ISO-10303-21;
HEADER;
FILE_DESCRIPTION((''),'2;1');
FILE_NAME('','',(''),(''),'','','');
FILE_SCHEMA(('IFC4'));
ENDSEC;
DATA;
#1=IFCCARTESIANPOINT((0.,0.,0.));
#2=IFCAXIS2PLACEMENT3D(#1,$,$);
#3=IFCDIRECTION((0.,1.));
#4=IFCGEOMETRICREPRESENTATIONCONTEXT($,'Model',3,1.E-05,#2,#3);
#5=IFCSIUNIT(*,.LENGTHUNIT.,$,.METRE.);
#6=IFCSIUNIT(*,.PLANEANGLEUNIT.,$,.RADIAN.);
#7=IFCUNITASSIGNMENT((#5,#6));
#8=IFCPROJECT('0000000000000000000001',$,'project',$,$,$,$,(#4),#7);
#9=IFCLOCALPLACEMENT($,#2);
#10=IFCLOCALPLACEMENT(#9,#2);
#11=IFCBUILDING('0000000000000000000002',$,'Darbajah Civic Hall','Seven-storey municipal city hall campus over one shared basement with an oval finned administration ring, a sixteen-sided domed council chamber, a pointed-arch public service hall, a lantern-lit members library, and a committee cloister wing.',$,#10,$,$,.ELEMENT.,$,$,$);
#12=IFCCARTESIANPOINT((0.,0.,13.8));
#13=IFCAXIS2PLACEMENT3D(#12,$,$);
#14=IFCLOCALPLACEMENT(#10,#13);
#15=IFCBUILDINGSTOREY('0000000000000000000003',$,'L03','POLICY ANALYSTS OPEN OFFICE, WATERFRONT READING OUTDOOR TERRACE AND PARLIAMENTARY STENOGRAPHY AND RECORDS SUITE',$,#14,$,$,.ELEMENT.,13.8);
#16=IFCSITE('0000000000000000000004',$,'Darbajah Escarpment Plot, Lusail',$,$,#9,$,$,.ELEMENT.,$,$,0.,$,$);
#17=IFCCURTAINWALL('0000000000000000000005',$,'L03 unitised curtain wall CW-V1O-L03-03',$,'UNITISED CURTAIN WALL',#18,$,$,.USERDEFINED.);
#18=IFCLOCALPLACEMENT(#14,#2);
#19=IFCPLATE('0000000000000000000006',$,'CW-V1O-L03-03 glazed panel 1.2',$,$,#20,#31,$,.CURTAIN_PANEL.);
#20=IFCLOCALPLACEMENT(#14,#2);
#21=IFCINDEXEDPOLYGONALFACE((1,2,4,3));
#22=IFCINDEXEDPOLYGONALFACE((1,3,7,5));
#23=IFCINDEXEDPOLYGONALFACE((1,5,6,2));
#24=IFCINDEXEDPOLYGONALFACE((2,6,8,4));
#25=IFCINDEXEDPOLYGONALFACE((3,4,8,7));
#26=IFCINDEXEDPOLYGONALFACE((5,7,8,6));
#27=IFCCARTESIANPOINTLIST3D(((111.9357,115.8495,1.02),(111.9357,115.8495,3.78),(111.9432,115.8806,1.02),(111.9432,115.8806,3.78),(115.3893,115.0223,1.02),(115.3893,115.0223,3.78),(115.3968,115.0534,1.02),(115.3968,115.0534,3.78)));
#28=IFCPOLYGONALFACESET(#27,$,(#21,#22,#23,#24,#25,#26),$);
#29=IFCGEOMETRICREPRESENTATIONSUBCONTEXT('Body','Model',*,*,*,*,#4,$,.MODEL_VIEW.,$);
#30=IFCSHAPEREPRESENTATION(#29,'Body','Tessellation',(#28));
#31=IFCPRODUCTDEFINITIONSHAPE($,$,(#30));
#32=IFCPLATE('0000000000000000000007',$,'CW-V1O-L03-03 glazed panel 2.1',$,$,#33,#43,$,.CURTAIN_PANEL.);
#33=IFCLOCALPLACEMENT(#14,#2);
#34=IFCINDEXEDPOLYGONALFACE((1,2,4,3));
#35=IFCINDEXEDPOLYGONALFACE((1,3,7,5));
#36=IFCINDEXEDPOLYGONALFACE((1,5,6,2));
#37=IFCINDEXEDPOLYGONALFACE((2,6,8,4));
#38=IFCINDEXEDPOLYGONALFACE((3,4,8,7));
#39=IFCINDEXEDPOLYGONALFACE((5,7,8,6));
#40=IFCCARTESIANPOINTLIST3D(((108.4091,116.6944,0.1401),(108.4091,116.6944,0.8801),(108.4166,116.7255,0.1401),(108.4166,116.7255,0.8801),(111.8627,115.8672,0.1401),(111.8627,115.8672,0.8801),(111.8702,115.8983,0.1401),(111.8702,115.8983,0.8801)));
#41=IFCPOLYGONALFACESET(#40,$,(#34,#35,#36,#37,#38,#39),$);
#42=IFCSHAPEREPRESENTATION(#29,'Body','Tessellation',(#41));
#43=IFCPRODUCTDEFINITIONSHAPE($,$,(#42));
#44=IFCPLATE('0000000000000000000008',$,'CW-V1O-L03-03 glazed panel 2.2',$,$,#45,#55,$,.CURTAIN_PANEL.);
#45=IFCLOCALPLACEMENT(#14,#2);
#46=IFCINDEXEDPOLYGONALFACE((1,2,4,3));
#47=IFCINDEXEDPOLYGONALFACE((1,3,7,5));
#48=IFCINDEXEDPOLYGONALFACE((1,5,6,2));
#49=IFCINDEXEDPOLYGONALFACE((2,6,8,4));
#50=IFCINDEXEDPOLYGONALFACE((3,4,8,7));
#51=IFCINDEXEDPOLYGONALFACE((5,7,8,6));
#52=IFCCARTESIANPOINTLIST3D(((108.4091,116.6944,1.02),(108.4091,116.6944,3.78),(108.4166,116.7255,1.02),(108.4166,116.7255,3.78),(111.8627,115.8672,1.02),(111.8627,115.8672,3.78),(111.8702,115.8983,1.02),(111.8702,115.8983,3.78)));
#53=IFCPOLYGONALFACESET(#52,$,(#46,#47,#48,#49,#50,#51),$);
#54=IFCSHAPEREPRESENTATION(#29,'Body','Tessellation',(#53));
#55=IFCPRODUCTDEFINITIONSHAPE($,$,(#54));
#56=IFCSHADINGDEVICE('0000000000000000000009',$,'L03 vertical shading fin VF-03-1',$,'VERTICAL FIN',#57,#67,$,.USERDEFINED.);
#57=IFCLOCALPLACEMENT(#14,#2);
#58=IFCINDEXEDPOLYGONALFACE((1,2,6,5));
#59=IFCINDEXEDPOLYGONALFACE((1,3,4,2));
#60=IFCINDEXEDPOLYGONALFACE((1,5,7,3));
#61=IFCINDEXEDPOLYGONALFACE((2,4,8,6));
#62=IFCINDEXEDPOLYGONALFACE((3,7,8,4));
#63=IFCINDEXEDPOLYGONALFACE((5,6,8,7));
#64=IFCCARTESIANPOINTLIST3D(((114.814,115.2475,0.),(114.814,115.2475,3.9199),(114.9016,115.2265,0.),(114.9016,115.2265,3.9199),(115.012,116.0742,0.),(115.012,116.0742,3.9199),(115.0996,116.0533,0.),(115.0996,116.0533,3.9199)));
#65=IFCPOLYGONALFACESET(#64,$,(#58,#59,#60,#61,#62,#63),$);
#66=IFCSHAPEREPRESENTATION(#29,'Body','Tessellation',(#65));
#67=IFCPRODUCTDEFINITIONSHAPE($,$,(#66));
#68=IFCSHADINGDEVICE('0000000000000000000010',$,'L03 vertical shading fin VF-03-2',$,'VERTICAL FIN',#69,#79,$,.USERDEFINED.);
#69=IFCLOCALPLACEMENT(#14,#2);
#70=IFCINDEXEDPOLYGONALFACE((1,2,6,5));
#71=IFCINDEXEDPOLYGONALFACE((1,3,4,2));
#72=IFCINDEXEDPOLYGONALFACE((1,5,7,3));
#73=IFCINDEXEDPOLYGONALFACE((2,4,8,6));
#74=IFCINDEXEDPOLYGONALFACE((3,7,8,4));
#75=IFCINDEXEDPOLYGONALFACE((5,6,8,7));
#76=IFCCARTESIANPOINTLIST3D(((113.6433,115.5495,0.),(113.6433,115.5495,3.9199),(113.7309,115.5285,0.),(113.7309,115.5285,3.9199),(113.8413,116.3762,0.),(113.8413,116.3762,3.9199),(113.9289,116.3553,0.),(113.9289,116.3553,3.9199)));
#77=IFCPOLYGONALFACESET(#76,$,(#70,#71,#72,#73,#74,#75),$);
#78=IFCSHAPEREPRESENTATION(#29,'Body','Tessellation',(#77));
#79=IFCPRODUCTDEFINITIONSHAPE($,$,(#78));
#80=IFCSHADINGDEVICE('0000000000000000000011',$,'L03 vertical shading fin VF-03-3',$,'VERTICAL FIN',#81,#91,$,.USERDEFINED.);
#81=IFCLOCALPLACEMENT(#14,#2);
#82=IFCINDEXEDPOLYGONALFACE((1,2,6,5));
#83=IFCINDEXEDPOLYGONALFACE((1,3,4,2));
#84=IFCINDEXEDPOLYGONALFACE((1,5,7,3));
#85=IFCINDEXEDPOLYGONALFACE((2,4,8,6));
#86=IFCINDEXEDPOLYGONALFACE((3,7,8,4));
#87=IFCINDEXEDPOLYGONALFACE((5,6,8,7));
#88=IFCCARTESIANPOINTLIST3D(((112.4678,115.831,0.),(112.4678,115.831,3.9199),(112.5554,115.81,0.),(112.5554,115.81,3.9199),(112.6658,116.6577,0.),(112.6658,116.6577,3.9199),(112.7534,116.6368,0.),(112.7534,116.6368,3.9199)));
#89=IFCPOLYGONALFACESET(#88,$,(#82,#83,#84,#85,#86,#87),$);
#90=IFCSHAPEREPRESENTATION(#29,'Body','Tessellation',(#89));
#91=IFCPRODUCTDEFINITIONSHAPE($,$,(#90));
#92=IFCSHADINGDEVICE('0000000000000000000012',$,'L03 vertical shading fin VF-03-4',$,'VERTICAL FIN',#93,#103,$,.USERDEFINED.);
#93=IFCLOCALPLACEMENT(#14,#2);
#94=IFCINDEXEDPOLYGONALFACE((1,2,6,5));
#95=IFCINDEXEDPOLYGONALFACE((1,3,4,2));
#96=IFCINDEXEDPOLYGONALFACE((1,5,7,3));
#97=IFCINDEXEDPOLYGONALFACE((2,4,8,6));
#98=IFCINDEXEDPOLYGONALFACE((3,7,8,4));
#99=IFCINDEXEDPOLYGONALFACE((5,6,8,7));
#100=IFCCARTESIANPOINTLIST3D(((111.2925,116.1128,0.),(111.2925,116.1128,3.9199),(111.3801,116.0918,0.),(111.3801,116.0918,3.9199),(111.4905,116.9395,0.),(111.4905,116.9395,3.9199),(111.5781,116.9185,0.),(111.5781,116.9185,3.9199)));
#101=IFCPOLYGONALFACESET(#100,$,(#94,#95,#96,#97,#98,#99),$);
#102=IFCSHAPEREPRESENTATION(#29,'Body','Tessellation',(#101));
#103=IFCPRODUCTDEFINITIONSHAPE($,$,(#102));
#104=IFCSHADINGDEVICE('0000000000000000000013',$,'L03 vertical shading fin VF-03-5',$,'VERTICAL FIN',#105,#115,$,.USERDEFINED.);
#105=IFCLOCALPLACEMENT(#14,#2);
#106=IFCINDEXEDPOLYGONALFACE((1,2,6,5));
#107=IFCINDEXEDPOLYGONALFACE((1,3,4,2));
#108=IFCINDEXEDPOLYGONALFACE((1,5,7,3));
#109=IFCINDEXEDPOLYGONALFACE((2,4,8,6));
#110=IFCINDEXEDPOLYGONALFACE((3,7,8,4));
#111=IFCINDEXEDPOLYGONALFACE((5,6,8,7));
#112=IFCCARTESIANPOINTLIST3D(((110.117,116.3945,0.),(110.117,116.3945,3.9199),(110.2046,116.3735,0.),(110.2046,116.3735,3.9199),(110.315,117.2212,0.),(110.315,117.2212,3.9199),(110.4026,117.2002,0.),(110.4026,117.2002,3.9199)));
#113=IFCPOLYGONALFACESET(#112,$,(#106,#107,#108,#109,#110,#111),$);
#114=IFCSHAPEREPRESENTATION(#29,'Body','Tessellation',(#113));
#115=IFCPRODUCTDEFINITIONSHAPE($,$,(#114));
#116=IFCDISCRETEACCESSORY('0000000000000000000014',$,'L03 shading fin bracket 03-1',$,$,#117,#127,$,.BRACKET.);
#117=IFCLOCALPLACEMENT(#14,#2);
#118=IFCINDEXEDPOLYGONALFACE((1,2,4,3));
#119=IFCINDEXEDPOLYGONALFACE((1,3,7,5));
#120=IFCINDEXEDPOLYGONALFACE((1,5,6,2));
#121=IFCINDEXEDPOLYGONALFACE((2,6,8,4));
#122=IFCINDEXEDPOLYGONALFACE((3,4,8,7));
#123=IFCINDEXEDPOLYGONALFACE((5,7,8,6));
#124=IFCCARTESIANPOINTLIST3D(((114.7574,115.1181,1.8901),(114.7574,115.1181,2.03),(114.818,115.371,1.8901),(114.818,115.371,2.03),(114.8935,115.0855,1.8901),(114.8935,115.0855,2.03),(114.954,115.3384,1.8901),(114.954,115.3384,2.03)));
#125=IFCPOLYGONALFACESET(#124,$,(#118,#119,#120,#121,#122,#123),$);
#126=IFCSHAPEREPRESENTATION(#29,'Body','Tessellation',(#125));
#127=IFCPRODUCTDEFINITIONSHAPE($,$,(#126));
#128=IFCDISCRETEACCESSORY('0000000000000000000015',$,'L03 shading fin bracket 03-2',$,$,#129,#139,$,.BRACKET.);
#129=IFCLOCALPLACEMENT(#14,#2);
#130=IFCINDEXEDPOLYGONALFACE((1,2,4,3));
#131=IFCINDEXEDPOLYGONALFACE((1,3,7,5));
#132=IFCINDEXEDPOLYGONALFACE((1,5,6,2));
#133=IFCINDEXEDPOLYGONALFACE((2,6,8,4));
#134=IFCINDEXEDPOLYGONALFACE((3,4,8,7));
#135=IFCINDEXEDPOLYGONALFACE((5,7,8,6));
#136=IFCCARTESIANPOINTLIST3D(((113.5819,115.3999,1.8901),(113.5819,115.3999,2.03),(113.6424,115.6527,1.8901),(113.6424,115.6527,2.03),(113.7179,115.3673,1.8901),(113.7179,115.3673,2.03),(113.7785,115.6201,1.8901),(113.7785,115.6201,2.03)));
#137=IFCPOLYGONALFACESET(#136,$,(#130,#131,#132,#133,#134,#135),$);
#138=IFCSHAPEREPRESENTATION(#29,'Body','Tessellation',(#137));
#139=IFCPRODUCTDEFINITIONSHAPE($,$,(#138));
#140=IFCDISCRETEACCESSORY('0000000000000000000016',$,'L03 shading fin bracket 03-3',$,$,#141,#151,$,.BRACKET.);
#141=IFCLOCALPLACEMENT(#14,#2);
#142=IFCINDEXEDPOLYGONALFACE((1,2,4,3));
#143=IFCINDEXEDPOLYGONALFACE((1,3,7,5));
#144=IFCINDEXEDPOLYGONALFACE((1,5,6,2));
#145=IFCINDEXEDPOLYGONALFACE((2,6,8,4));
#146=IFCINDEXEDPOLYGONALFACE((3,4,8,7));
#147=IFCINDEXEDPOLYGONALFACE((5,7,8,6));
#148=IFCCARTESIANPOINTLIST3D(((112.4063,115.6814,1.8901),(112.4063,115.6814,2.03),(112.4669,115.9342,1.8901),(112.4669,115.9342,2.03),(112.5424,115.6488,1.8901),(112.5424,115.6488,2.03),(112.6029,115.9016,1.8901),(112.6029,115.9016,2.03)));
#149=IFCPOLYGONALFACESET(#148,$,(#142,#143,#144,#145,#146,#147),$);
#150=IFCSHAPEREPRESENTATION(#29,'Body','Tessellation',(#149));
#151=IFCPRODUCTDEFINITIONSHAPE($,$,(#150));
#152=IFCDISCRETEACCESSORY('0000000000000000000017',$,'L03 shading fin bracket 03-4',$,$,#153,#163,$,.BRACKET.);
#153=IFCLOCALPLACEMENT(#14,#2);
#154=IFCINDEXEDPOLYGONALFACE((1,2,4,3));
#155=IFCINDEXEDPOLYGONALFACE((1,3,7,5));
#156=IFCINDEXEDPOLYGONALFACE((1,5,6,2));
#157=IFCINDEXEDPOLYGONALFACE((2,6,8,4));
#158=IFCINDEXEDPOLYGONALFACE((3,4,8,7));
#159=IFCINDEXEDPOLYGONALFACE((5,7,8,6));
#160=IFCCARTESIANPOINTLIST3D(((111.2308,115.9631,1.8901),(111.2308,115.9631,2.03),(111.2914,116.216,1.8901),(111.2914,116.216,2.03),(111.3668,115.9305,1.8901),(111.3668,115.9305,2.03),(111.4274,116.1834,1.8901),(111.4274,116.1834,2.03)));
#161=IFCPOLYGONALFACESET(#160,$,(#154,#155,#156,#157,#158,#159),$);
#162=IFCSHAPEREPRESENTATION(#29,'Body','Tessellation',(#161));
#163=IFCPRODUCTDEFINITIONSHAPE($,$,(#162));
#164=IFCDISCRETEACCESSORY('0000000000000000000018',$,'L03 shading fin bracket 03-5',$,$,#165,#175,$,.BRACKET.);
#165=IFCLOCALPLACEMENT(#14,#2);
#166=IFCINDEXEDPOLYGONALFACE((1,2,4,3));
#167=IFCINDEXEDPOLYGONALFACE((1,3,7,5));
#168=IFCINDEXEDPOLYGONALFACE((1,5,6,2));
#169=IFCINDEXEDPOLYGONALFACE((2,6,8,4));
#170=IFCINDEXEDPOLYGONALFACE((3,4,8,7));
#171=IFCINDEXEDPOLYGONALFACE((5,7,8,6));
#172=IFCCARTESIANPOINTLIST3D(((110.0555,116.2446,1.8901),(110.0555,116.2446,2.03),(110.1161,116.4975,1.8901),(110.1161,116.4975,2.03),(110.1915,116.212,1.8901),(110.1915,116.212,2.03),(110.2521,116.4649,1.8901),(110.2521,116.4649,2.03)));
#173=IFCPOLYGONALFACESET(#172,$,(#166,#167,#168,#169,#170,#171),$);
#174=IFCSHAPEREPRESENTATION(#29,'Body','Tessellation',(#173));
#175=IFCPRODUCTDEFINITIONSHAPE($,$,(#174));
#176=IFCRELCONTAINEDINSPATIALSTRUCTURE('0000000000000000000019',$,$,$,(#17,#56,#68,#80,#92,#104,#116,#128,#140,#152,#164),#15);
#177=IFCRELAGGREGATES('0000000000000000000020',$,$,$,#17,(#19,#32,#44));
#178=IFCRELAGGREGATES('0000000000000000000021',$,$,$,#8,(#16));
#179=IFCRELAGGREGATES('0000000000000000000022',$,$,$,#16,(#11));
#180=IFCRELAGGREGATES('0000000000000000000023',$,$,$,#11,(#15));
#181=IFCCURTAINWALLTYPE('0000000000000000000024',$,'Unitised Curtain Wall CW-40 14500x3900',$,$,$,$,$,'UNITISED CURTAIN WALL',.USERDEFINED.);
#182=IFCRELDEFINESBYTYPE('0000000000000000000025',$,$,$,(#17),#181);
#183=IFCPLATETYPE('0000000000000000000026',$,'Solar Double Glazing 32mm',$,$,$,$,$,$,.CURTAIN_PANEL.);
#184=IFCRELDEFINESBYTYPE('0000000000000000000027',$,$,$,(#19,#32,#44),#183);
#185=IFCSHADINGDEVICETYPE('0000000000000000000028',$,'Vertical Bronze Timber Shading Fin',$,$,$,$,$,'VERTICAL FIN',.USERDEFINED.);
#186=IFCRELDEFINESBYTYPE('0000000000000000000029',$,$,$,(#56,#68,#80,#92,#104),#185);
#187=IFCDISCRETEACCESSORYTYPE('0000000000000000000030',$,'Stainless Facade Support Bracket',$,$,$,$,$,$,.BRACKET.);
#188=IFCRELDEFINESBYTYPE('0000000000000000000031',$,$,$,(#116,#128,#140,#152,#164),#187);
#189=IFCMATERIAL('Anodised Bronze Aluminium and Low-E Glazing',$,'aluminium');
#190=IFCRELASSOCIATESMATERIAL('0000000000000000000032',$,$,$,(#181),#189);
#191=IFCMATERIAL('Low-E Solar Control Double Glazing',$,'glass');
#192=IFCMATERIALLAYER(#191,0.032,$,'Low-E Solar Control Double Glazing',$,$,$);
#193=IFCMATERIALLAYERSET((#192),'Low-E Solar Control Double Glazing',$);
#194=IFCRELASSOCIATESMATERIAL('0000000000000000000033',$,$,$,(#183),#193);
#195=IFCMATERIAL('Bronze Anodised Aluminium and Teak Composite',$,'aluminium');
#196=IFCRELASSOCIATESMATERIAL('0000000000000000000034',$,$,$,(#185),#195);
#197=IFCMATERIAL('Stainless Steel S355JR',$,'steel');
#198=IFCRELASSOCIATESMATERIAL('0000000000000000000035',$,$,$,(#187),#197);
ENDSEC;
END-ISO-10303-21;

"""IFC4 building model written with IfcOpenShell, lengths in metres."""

from ifc_helpers import new_model, si_unit, direction, frame, origin, origin_2d, place, context, subcontext, project, spatial, rectangle, extrude, material, layer, layer_set, type_object, element, aggregate, save


model = new_model("IFC4")

# Units and contexts
model_context = context("Model", 3, precision=1e-05, world=origin(), true_north=direction((0.0, 1.0)))
body_context = subcontext(model_context, "Body", "Model", "MODEL_VIEW")
ifc_project = project(units=[si_unit("LENGTHUNIT", "METRE"), si_unit("PLANEANGLEUNIT", "RADIAN")], contexts=[model_context])

# Site, building, storey
site_placement = place(None, origin())
site = spatial("IfcSite", under=ifc_project, at=site_placement, Name="Darbajah Escarpment Plot, Lusail", CompositionType="ELEMENT", RefElevation=0.0)
building_placement = place(site_placement, origin())
building = spatial("IfcBuilding", under=site, at=building_placement, Name="Darbajah Civic Hall", Description="Seven-storey municipal city hall campus over one shared basement with an oval finned administration ring, a sixteen-sided domed council chamber, a pointed-arch public service hall, a lantern-lit members library, and a committee cloister wing.", CompositionType="ELEMENT")
storey_placement = place(building_placement, frame((0.0, 0.0, 13.8)))
storey = spatial("IfcBuildingStorey", under=building, at=storey_placement, Name="L03", Description="POLICY ANALYSTS OPEN OFFICE, WATERFRONT READING OUTDOOR TERRACE AND PARLIAMENTARY STENOGRAPHY AND RECORDS SUITE", CompositionType="ELEMENT", Elevation=13.8)

# Curtain wall
ifc_material_1 = material(Name="Anodised Bronze Aluminium and Low-E Glazing", Category="aluminium")
curtain_wall_type_1 = type_object("IfcCurtainWallType", Name="Unitised Curtain Wall CW-40 14500x3900", ElementType="UNITISED CURTAIN WALL", PredefinedType="USERDEFINED", material=ifc_material_1)
curtain_wall_1_placement = place(storey_placement, origin())
curtain_wall_1 = element("IfcCurtainWall", 1, at=curtain_wall_1_placement, inside=storey, type_object=curtain_wall_type_1, Name="L03 unitised curtain wall CW-V1O-L03-03", ObjectType="UNITISED CURTAIN WALL", PredefinedType="USERDEFINED")

# Plates
ifc_material_2 = material(Name="Low-E Solar Control Double Glazing", Category="glass")
ifc_layer_1 = layer(ifc_material_2, 0.032, Name="Low-E Solar Control Double Glazing")
ifc_layer_set_1 = layer_set([ifc_layer_1], Name="Low-E Solar Control Double Glazing")
plate_type_1 = type_object("IfcPlateType", Name="Solar Double Glazing 32mm", PredefinedType="CURTAIN_PANEL", material=ifc_layer_set_1)
plate_1_placement = place(storey_placement, frame((113.6663, 115.4514, 1.02), z_axis=(0.0, 0.0, 1.0), x_axis=(-0.972492, 0.232936, 0.0)))
plate_1 = element("IfcPlate", 2, at=plate_1_placement, type_object=plate_type_1, Name="CW-V1O-L03-03 glazed panel 1.2", PredefinedType="CURTAIN_PANEL", context=body_context, shape_type="SweptSolid", body=[
    extrude(rectangle(XDim=3.5513, YDim=0.032, at=origin_2d()), origin(), (0.0, 0.0, 1.0), 2.76),
])
plate_2_placement = place(storey_placement, frame((110.1396, 116.2964, 0.1401), z_axis=(0.0, 0.0, 1.0), x_axis=(-0.972492, 0.232936, 0.0)))
plate_2 = element("IfcPlate", 3, at=plate_2_placement, type_object=plate_type_1, Name="CW-V1O-L03-03 glazed panel 2.1", PredefinedType="CURTAIN_PANEL", context=body_context, shape_type="SweptSolid", body=[
    extrude(rectangle(XDim=3.5513, YDim=0.032, at=origin_2d()), origin(), (0.0, 0.0, 1.0), 0.74),
])
plate_3_placement = place(storey_placement, frame((110.1396, 116.2964, 1.02), z_axis=(0.0, 0.0, 1.0), x_axis=(-0.972492, 0.232936, 0.0)))
plate_3 = element("IfcPlate", 4, at=plate_3_placement, type_object=plate_type_1, Name="CW-V1O-L03-03 glazed panel 2.2", PredefinedType="CURTAIN_PANEL", context=body_context, shape_type="SweptSolid", body=[
    extrude(rectangle(XDim=3.5513, YDim=0.032, at=origin_2d()), origin(), (0.0, 0.0, 1.0), 2.76),
])
aggregate(curtain_wall_1, [plate_1, plate_2, plate_3])

# Shading devices
ifc_material_3 = material(Name="Bronze Anodised Aluminium and Teak Composite", Category="aluminium")
shading_device_type = type_object("IfcShadingDeviceType", Name="Vertical Bronze Timber Shading Fin", ElementType="VERTICAL FIN", PredefinedType="USERDEFINED", material=ifc_material_3)
for number, where, z_axis, x_axis, name in (
    (5, (114.9568, 115.6504, 0.0), (0.0, 0.0, 1.0), (0.232936, 0.972492, 0.0), "L03 vertical shading fin VF-03-1"),
    (6, (113.7861, 115.9524, 0.0), (0.0, 0.0, 1.0), (0.232936, 0.972492, 0.0), "L03 vertical shading fin VF-03-2"),
    (7, (112.6106, 116.2339, 0.0), (0.0, 0.0, 1.0), (0.232936, 0.972492, 0.0), "L03 vertical shading fin VF-03-3"),
    (8, (111.4353, 116.5156, 0.0), (0.0, 0.0, 1.0), (0.232936, 0.972492, 0.0), "L03 vertical shading fin VF-03-4"),
    (9, (110.2598, 116.7974, 0.0), (0.0, 0.0, 1.0), (0.232936, 0.972492, 0.0), "L03 vertical shading fin VF-03-5"),
):
    element("IfcShadingDevice", number, at=place(storey_placement, frame(where, z_axis=z_axis, x_axis=x_axis)), inside=storey, type_object=shading_device_type, Name=name, ObjectType="VERTICAL FIN", PredefinedType="USERDEFINED", context=body_context, shape_type="SweptSolid", body=[
        extrude(rectangle(XDim=0.8501, YDim=0.0901, at=origin_2d()), origin(), (0.0, 0.0, 1.0), 3.9199),
    ])

# Discrete accessories
ifc_material_4 = material(Name="Stainless Steel S355JR", Category="steel")
discrete_accessory_type = type_object("IfcDiscreteAccessoryType", Name="Stainless Facade Support Bracket", PredefinedType="BRACKET", material=ifc_material_4)
for number, where, z_axis, x_axis, name in (
    (10, (114.8557, 115.2283, 1.8901), (0.0, 0.0, 1.0), (0.232936, 0.972492, 0.0), "L03 shading fin bracket 03-1"),
    (11, (113.6802, 115.51, 1.8901), (0.0, 0.0, 1.0), (0.232936, 0.972492, 0.0), "L03 shading fin bracket 03-2"),
    (12, (112.5046, 115.7915, 1.8901), (0.0, 0.0, 1.0), (0.232936, 0.972492, 0.0), "L03 shading fin bracket 03-3"),
    (13, (111.3291, 116.0732, 1.8901), (0.0, 0.0, 1.0), (0.232936, 0.972492, 0.0), "L03 shading fin bracket 03-4"),
    (14, (110.1538, 116.3547, 1.8901), (0.0, 0.0, 1.0), (0.232936, 0.972492, 0.0), "L03 shading fin bracket 03-5"),
):
    element("IfcDiscreteAccessory", number, at=place(storey_placement, frame(where, z_axis=z_axis, x_axis=x_axis)), inside=storey, type_object=discrete_accessory_type, Name=name, PredefinedType="BRACKET", context=body_context, shape_type="SweptSolid", body=[
        extrude(rectangle(XDim=0.26, YDim=0.1399, at=origin_2d()), origin(), (0.0, 0.0, 1.0), 0.1399),
    ])

save(model, "model.ifc")
